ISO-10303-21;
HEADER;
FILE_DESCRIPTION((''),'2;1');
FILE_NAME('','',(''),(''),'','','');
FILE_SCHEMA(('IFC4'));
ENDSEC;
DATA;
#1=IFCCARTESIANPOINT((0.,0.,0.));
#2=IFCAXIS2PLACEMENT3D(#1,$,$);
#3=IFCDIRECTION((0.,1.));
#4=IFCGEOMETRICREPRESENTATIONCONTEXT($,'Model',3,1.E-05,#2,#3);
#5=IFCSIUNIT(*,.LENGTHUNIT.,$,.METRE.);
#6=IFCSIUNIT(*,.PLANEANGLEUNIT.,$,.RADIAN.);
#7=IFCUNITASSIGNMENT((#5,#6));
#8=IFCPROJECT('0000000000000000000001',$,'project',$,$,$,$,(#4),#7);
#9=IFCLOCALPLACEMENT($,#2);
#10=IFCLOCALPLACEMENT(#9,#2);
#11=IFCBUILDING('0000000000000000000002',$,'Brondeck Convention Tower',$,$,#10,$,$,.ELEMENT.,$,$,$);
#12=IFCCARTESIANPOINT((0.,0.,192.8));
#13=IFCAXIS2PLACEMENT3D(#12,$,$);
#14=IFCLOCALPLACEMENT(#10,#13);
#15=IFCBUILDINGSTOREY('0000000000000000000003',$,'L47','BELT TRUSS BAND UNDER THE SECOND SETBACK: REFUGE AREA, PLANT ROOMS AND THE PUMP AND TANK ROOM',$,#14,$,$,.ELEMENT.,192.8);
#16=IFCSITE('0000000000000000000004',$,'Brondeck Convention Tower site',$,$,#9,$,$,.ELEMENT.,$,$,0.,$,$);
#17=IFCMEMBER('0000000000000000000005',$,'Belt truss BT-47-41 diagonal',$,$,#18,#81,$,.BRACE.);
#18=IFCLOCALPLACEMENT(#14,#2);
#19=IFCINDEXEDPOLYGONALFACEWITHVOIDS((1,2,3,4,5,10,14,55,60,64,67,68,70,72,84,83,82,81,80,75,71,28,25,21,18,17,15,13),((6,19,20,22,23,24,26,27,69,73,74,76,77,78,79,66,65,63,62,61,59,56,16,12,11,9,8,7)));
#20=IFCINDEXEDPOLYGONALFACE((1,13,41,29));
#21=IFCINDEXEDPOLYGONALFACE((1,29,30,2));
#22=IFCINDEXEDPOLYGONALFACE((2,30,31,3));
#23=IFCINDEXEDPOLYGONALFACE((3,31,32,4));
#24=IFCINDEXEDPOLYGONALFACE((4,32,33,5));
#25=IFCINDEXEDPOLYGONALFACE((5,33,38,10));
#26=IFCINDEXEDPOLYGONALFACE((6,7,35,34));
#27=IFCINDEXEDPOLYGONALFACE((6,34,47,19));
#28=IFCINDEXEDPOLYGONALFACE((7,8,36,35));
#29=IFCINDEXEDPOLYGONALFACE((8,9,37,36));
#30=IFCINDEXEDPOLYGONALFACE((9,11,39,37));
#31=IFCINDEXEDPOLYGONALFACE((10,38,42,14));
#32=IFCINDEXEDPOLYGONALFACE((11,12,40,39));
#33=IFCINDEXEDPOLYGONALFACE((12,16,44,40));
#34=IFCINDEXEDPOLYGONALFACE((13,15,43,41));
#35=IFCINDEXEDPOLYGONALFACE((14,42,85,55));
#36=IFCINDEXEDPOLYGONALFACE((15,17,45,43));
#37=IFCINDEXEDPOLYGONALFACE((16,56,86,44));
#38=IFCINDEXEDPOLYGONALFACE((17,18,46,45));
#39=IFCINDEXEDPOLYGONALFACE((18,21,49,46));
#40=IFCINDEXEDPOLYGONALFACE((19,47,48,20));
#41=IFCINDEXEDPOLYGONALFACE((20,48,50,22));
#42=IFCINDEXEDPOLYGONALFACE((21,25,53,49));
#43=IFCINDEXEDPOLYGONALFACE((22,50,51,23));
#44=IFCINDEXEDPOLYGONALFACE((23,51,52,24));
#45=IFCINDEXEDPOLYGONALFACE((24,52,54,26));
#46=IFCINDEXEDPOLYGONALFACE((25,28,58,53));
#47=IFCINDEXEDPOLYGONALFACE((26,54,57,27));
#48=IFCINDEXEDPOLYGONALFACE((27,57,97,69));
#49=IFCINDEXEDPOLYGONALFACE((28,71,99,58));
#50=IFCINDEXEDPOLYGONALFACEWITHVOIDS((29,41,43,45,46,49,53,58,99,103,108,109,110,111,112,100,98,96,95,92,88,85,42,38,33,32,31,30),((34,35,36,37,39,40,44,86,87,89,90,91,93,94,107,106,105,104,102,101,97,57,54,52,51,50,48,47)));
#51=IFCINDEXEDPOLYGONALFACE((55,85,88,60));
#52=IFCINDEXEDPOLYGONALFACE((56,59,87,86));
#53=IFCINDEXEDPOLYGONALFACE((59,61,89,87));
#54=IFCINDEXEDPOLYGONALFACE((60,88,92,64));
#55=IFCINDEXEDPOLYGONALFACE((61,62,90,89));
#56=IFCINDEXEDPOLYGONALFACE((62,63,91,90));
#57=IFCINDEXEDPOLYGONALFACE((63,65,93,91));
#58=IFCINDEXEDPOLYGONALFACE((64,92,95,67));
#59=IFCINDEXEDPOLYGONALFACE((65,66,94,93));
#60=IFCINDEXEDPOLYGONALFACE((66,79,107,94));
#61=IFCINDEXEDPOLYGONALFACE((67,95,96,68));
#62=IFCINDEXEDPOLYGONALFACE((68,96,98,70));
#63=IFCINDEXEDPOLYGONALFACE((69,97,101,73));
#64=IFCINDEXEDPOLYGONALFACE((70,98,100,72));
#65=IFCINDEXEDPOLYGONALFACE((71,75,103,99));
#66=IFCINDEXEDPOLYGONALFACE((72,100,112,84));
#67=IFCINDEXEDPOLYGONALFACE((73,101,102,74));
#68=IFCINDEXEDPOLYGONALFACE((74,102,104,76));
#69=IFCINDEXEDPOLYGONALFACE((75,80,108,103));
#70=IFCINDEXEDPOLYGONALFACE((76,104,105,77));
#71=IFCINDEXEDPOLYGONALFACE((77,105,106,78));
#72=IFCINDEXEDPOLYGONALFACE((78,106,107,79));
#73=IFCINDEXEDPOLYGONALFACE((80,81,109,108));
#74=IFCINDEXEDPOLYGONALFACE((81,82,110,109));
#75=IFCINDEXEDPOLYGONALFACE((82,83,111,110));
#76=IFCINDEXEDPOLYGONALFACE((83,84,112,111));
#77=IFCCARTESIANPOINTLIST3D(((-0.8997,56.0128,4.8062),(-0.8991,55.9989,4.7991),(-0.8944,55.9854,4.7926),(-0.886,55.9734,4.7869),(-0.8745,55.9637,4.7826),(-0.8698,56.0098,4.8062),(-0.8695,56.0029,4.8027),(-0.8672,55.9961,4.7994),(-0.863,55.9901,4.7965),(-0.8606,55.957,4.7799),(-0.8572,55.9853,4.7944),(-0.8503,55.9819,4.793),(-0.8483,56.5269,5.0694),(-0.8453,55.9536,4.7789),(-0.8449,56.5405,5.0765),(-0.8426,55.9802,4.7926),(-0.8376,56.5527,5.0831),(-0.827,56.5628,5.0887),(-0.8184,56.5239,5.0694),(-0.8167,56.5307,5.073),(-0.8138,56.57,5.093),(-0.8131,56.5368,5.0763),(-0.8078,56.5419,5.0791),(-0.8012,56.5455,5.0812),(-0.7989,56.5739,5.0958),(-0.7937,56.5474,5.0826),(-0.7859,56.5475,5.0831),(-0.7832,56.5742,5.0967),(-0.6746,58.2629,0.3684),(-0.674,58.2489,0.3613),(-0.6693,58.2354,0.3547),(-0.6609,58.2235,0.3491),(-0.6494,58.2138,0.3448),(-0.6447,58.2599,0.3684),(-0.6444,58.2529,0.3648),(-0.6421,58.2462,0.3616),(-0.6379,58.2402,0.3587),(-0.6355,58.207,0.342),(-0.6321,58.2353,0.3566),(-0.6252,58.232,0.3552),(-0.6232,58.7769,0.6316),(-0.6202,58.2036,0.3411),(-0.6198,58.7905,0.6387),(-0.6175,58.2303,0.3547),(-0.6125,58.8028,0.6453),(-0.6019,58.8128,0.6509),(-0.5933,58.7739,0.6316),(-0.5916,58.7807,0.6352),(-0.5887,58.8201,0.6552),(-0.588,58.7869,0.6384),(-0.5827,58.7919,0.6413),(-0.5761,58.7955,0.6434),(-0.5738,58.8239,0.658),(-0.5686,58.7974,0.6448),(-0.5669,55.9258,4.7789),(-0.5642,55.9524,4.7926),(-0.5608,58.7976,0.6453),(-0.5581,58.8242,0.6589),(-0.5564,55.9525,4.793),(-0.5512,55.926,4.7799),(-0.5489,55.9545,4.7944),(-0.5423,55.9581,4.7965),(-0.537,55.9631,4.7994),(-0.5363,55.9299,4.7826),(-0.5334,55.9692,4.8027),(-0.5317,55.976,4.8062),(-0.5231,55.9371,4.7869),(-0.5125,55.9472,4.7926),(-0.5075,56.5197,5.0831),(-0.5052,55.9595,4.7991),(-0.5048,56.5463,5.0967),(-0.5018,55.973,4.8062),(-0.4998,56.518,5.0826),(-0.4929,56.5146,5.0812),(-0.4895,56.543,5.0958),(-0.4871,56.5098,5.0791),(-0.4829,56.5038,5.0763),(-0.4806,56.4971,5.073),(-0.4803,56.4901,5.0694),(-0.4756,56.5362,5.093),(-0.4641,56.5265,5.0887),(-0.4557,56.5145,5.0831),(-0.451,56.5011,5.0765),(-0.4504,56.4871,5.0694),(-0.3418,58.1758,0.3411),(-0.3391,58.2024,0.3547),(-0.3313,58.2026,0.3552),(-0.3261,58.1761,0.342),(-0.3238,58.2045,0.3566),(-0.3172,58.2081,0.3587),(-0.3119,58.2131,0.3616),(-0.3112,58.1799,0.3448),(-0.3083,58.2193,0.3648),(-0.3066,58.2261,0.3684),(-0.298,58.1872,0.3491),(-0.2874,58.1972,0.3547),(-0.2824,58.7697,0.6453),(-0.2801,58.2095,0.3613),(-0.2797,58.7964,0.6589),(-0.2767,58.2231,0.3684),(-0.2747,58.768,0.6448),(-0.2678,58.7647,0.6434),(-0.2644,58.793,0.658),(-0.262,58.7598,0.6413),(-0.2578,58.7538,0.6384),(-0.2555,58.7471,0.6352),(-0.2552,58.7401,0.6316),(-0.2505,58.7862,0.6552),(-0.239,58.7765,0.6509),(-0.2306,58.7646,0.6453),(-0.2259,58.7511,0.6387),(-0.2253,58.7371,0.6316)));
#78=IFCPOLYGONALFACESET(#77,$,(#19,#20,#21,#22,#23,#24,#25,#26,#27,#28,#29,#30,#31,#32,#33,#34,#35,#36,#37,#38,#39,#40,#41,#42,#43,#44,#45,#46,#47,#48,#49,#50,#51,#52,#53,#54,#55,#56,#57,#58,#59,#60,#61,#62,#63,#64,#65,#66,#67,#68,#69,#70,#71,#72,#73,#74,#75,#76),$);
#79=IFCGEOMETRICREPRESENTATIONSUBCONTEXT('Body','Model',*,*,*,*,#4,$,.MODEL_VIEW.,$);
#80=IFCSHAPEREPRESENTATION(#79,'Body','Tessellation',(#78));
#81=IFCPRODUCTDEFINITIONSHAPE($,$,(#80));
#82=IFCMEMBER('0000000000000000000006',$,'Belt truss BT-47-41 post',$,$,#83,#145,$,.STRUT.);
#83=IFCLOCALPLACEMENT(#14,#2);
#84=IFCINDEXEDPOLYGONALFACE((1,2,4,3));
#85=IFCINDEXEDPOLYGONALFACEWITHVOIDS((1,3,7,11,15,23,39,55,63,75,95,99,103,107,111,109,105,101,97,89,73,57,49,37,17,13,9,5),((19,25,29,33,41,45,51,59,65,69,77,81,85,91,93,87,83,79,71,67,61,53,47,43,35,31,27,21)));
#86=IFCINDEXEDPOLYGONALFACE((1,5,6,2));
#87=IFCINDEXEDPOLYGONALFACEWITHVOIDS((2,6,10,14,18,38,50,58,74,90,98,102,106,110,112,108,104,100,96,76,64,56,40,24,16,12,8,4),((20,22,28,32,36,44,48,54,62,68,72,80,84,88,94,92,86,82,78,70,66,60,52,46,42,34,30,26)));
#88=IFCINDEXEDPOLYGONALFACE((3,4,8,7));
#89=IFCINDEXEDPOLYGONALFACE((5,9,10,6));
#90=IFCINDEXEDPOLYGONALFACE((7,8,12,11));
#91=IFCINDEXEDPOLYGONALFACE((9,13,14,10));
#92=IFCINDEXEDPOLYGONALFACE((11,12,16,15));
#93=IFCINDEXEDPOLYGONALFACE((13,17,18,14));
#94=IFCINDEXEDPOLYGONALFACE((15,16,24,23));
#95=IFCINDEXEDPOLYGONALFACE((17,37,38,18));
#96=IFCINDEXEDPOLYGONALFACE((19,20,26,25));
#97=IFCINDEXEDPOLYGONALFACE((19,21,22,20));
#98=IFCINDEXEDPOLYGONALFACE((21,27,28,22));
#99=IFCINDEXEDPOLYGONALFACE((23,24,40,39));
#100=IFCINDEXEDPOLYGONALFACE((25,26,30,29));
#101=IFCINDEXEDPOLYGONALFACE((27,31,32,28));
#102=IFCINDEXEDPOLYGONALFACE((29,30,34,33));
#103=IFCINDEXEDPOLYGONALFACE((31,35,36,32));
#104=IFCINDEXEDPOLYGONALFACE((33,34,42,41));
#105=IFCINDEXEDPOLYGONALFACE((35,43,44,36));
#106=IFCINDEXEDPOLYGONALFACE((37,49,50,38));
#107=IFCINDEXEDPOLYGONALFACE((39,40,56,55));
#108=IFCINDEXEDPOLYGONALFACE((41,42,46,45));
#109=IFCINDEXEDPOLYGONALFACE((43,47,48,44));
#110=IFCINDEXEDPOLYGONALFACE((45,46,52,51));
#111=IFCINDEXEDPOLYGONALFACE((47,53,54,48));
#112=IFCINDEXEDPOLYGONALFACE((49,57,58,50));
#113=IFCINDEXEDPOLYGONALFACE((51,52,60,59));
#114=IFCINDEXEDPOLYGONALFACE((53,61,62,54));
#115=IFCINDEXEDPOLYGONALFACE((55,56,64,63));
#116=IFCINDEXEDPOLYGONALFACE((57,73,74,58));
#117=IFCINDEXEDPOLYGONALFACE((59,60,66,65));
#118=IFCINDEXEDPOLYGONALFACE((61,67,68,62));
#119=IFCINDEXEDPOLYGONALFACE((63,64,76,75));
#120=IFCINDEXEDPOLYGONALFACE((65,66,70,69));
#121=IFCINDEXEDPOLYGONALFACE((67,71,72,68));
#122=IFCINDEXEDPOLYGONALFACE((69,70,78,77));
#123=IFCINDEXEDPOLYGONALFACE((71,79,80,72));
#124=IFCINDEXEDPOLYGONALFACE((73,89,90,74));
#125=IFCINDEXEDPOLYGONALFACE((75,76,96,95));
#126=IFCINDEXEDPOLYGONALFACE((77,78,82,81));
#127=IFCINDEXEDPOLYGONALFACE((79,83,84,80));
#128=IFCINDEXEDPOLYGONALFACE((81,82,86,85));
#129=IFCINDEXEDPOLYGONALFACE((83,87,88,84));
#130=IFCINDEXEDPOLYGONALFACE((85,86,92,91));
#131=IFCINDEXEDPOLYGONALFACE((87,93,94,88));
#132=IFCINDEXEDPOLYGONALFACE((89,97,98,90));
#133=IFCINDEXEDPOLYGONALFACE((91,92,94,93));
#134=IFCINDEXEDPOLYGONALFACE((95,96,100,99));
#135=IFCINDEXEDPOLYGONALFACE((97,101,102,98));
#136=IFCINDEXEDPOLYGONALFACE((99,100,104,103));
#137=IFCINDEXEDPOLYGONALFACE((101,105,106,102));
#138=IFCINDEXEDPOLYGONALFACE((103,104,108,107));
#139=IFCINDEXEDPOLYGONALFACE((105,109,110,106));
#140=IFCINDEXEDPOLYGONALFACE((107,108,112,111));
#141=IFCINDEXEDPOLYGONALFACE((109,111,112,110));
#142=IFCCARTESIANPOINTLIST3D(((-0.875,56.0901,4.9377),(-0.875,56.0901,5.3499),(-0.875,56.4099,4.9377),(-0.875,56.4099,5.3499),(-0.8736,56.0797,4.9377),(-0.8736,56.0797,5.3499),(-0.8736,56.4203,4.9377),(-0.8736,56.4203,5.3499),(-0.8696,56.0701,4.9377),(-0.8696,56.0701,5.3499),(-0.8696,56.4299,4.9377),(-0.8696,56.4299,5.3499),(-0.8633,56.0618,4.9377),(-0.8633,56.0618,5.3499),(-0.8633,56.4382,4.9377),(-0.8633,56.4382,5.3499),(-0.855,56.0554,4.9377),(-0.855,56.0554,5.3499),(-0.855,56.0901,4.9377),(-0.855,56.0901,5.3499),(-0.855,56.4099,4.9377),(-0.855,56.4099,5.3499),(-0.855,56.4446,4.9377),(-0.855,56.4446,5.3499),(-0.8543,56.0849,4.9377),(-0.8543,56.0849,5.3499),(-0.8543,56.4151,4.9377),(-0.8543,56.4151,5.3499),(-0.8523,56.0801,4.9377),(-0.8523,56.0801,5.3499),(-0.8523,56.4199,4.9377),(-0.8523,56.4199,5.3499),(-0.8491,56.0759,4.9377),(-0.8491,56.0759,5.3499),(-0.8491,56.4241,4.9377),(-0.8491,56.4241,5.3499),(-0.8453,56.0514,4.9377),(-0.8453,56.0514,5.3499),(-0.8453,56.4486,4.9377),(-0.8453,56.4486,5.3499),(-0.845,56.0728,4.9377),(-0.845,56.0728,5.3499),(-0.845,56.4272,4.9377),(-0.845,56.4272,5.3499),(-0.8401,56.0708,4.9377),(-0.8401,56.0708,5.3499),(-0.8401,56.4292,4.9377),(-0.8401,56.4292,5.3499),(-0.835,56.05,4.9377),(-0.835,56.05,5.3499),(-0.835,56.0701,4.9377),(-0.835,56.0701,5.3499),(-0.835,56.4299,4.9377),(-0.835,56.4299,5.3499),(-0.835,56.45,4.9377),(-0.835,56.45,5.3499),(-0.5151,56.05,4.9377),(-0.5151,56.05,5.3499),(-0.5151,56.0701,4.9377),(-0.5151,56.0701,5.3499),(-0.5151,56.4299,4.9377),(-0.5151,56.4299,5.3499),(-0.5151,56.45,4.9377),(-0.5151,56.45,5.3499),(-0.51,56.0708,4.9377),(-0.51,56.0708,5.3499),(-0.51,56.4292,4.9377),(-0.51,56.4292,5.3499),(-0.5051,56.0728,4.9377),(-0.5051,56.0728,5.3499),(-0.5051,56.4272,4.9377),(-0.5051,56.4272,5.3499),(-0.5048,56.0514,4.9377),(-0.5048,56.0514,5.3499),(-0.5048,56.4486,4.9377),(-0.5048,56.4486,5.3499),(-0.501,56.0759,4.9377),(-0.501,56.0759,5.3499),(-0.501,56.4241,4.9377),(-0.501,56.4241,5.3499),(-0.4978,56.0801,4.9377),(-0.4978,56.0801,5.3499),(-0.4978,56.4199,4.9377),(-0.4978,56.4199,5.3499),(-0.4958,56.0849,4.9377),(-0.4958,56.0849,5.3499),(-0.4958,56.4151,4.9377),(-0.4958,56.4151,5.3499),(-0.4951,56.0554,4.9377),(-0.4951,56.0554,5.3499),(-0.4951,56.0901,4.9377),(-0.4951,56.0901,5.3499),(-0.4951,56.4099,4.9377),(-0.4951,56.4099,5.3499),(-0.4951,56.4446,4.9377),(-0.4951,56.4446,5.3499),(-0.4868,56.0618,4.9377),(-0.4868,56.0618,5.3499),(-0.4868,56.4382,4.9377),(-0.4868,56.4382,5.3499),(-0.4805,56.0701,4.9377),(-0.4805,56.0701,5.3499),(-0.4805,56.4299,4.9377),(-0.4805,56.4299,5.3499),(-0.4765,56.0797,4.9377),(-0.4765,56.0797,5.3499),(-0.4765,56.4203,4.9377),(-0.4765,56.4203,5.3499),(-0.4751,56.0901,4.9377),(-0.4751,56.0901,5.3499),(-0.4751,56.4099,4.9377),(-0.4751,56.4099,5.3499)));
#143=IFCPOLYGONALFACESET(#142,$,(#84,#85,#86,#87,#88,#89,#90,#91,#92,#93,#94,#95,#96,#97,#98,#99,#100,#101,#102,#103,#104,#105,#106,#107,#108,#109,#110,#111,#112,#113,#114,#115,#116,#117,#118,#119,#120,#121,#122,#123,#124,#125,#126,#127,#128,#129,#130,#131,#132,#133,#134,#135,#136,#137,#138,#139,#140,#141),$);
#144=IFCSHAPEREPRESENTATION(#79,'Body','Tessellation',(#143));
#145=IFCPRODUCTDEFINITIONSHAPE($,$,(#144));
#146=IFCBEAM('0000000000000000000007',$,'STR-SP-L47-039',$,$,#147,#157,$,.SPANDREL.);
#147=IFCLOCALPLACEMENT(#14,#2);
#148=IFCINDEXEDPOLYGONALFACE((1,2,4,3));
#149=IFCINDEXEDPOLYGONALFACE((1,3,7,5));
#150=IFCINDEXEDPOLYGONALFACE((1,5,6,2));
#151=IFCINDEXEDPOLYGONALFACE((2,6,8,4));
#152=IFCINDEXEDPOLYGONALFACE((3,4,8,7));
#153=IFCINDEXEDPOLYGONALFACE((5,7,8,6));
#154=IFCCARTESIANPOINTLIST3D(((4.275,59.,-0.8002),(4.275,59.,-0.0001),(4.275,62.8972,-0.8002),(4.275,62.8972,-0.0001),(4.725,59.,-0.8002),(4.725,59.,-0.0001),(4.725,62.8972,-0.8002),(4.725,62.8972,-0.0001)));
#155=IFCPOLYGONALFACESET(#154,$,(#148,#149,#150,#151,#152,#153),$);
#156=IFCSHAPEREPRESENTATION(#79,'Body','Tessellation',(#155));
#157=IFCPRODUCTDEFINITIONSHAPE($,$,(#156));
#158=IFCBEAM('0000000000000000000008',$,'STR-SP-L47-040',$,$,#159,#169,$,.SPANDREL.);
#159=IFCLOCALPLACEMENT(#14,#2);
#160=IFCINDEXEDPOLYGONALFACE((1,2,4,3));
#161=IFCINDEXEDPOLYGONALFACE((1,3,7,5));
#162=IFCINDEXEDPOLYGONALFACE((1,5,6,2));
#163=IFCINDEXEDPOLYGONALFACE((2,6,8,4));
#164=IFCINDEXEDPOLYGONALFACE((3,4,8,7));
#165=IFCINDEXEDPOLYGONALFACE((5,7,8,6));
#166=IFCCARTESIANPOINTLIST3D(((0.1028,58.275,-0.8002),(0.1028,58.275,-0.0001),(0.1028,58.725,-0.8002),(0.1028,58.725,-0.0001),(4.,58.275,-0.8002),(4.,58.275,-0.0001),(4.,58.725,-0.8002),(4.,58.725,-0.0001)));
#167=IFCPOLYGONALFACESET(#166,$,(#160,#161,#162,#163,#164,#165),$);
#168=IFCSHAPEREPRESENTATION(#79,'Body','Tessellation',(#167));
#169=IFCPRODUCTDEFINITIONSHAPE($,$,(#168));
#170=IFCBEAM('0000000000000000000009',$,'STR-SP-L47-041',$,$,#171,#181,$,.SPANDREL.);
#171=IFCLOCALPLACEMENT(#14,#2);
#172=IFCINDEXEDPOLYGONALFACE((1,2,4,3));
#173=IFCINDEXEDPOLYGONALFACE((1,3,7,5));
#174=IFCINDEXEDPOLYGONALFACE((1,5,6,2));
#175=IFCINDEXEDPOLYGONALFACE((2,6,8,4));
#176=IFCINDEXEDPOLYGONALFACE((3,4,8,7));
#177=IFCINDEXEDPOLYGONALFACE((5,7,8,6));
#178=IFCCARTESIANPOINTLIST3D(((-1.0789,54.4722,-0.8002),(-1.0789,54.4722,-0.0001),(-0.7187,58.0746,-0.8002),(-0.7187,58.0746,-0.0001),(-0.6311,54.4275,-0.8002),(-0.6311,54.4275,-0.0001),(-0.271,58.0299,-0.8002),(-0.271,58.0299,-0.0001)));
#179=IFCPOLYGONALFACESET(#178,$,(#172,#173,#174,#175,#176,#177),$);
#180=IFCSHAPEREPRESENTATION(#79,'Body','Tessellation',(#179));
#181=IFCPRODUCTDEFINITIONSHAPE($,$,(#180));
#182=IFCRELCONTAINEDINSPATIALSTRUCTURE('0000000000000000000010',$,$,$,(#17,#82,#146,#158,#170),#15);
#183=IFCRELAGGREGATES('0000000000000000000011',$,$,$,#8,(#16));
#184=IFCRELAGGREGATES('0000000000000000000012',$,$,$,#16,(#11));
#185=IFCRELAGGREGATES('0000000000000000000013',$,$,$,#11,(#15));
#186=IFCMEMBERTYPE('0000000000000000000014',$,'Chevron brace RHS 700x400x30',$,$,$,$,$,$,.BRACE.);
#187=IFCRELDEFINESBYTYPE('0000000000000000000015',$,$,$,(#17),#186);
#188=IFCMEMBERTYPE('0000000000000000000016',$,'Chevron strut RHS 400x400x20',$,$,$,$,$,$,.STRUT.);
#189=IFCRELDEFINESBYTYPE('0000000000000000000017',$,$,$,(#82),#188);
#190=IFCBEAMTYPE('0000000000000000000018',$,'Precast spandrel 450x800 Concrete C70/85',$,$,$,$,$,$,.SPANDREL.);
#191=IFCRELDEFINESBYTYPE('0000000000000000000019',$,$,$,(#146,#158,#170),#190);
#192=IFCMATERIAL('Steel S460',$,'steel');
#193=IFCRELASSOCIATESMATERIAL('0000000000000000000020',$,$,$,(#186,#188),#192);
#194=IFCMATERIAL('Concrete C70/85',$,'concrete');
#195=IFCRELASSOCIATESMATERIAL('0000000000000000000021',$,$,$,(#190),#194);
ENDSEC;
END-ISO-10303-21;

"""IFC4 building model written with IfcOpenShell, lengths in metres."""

from ifc_helpers import new_model, si_unit, direction, frame, origin, origin_2d, place, context, subcontext, project, spatial, rectangle, hollow_rectangle, extrude, material, material_profile, profile_set, type_object, element, save


model = new_model("IFC4")

# Units and contexts
model_context = context("Model", 3, precision=1e-05, world=origin(), true_north=direction((0.0, 1.0)))
body_context = subcontext(model_context, "Body", "Model", "MODEL_VIEW")
ifc_project = project(units=[si_unit("LENGTHUNIT", "METRE"), si_unit("PLANEANGLEUNIT", "RADIAN")], contexts=[model_context])

# Site, building, storey
site_placement = place(None, origin())
site = spatial("IfcSite", under=ifc_project, at=site_placement, Name="Brondeck Convention Tower site", CompositionType="ELEMENT", RefElevation=0.0)
building_placement = place(site_placement, origin())
building = spatial("IfcBuilding", under=site, at=building_placement, Name="Brondeck Convention Tower", CompositionType="ELEMENT")
storey_placement = place(building_placement, frame((0.0, 0.0, 192.8)))
storey = spatial("IfcBuildingStorey", under=building, at=storey_placement, Name="L47", Description="BELT TRUSS BAND UNDER THE SECOND SETBACK: REFUGE AREA, PLANT ROOMS AND THE PUMP AND TANK ROOM", CompositionType="ELEMENT", Elevation=192.8)

# Shared definitions
ifc_material_1 = material(Name="Concrete C70/85", Category="concrete")

# Members
ifc_material_2 = material(Name="Steel S460", Category="steel")
ifc_material_profile_1 = material_profile(ifc_material_2, hollow_rectangle(XDim=0.3999, YDim=0.7, WallThickness=0.03, InnerFilletRadius=0.03, OuterFilletRadius=0.0601, at=origin_2d()), Name="RHS 700x400x30")
ifc_profile_set_1 = profile_set([ifc_material_profile_1], Name="Steel S460")
member_type_1 = type_object("IfcMemberType", Name="Chevron brace RHS 700x400x30", PredefinedType="BRACE", material=ifc_profile_set_1)
member_1_placement = place(storey_placement, frame((-0.45, 58.5, 0.5), z_axis=(-0.045195, -0.451749, 0.890999), x_axis=(0.995033, -0.099546, 0.0)))
element("IfcMember", 1, at=member_1_placement, inside=storey, type_object=member_type_1, Name="Belt truss BT-47-41 diagonal", PredefinedType="BRACE", context=body_context, shape_type="SweptSolid", body=[
    extrude(hollow_rectangle(XDim=0.3999, YDim=0.7, WallThickness=0.03, InnerFilletRadius=0.03, OuterFilletRadius=0.0601, at=origin_2d()), origin(), (0.0, 0.0, 1.0), 4.9807),
])
ifc_material_profile_2 = material_profile(ifc_material_2, hollow_rectangle(XDim=0.3999, YDim=0.3999, WallThickness=0.02, InnerFilletRadius=0.02, OuterFilletRadius=0.04, at=origin_2d()), Name="RHS 400x400x20")
ifc_profile_set_2 = profile_set([ifc_material_profile_2], Name="Steel S460")
member_type_2 = type_object("IfcMemberType", Name="Chevron strut RHS 400x400x20", PredefinedType="STRUT", material=ifc_profile_set_2)
member_2_placement = place(storey_placement, frame((-0.675, 56.25, 4.9377), z_axis=(0.0, 0.0, 1.0), x_axis=(1.0, 0.0, 0.0)))
element("IfcMember", 2, at=member_2_placement, inside=storey, type_object=member_type_2, Name="Belt truss BT-47-41 post", PredefinedType="STRUT", context=body_context, shape_type="SweptSolid", body=[
    extrude(hollow_rectangle(XDim=0.3999, YDim=0.3999, WallThickness=0.02, InnerFilletRadius=0.02, OuterFilletRadius=0.04, at=origin_2d()), origin(), (0.0, 0.0, 1.0), 0.4121),
])

# Beams
ifc_material_profile_3 = material_profile(ifc_material_1, rectangle(XDim=0.45, YDim=0.8, at=origin_2d()), Name="Precast spandrel 450x800 Concrete C70/85")
ifc_profile_set_3 = profile_set([ifc_material_profile_3], Name="Concrete C70/85")
beam_type = type_object("IfcBeamType", Name="Precast spandrel 450x800 Concrete C70/85", PredefinedType="SPANDREL", material=ifc_profile_set_3)
for number, where, z_axis, x_axis, name in (
    (3, (4.5, 62.8972, -0.4001), (0.0, -1.0, 0.0), (1.0, 0.0, 0.0), "STR-SP-L47-039"),
    (4, (4.0, 58.5, -0.4001), (-1.0, 0.0, 0.0), (0.0, -1.0, 0.0), "STR-SP-L47-040"),
):
    element("IfcBeam", number, at=place(storey_placement, frame(where, z_axis=z_axis, x_axis=x_axis)), inside=storey, type_object=beam_type, Name=name, PredefinedType="SPANDREL", context=body_context, shape_type="SweptSolid", body=[
        extrude(rectangle(XDim=0.45, YDim=0.8, at=origin_2d()), origin(), (0.0, 0.0, 1.0), 3.8972),
    ])
beam_placement = place(storey_placement, frame((-0.4949, 58.0522, -0.4001), z_axis=(-0.09947, -0.995041, 0.0), x_axis=(0.995041, -0.09947, 0.0)))
element("IfcBeam", 5, at=beam_placement, inside=storey, type_object=beam_type, Name="STR-SP-L47-041", PredefinedType="SPANDREL", context=body_context, shape_type="SweptSolid", body=[
    extrude(rectangle(XDim=0.45, YDim=0.8, at=origin_2d()), origin(), (0.0, 0.0, 1.0), 3.6204),
])

save(model, "model.ifc")
